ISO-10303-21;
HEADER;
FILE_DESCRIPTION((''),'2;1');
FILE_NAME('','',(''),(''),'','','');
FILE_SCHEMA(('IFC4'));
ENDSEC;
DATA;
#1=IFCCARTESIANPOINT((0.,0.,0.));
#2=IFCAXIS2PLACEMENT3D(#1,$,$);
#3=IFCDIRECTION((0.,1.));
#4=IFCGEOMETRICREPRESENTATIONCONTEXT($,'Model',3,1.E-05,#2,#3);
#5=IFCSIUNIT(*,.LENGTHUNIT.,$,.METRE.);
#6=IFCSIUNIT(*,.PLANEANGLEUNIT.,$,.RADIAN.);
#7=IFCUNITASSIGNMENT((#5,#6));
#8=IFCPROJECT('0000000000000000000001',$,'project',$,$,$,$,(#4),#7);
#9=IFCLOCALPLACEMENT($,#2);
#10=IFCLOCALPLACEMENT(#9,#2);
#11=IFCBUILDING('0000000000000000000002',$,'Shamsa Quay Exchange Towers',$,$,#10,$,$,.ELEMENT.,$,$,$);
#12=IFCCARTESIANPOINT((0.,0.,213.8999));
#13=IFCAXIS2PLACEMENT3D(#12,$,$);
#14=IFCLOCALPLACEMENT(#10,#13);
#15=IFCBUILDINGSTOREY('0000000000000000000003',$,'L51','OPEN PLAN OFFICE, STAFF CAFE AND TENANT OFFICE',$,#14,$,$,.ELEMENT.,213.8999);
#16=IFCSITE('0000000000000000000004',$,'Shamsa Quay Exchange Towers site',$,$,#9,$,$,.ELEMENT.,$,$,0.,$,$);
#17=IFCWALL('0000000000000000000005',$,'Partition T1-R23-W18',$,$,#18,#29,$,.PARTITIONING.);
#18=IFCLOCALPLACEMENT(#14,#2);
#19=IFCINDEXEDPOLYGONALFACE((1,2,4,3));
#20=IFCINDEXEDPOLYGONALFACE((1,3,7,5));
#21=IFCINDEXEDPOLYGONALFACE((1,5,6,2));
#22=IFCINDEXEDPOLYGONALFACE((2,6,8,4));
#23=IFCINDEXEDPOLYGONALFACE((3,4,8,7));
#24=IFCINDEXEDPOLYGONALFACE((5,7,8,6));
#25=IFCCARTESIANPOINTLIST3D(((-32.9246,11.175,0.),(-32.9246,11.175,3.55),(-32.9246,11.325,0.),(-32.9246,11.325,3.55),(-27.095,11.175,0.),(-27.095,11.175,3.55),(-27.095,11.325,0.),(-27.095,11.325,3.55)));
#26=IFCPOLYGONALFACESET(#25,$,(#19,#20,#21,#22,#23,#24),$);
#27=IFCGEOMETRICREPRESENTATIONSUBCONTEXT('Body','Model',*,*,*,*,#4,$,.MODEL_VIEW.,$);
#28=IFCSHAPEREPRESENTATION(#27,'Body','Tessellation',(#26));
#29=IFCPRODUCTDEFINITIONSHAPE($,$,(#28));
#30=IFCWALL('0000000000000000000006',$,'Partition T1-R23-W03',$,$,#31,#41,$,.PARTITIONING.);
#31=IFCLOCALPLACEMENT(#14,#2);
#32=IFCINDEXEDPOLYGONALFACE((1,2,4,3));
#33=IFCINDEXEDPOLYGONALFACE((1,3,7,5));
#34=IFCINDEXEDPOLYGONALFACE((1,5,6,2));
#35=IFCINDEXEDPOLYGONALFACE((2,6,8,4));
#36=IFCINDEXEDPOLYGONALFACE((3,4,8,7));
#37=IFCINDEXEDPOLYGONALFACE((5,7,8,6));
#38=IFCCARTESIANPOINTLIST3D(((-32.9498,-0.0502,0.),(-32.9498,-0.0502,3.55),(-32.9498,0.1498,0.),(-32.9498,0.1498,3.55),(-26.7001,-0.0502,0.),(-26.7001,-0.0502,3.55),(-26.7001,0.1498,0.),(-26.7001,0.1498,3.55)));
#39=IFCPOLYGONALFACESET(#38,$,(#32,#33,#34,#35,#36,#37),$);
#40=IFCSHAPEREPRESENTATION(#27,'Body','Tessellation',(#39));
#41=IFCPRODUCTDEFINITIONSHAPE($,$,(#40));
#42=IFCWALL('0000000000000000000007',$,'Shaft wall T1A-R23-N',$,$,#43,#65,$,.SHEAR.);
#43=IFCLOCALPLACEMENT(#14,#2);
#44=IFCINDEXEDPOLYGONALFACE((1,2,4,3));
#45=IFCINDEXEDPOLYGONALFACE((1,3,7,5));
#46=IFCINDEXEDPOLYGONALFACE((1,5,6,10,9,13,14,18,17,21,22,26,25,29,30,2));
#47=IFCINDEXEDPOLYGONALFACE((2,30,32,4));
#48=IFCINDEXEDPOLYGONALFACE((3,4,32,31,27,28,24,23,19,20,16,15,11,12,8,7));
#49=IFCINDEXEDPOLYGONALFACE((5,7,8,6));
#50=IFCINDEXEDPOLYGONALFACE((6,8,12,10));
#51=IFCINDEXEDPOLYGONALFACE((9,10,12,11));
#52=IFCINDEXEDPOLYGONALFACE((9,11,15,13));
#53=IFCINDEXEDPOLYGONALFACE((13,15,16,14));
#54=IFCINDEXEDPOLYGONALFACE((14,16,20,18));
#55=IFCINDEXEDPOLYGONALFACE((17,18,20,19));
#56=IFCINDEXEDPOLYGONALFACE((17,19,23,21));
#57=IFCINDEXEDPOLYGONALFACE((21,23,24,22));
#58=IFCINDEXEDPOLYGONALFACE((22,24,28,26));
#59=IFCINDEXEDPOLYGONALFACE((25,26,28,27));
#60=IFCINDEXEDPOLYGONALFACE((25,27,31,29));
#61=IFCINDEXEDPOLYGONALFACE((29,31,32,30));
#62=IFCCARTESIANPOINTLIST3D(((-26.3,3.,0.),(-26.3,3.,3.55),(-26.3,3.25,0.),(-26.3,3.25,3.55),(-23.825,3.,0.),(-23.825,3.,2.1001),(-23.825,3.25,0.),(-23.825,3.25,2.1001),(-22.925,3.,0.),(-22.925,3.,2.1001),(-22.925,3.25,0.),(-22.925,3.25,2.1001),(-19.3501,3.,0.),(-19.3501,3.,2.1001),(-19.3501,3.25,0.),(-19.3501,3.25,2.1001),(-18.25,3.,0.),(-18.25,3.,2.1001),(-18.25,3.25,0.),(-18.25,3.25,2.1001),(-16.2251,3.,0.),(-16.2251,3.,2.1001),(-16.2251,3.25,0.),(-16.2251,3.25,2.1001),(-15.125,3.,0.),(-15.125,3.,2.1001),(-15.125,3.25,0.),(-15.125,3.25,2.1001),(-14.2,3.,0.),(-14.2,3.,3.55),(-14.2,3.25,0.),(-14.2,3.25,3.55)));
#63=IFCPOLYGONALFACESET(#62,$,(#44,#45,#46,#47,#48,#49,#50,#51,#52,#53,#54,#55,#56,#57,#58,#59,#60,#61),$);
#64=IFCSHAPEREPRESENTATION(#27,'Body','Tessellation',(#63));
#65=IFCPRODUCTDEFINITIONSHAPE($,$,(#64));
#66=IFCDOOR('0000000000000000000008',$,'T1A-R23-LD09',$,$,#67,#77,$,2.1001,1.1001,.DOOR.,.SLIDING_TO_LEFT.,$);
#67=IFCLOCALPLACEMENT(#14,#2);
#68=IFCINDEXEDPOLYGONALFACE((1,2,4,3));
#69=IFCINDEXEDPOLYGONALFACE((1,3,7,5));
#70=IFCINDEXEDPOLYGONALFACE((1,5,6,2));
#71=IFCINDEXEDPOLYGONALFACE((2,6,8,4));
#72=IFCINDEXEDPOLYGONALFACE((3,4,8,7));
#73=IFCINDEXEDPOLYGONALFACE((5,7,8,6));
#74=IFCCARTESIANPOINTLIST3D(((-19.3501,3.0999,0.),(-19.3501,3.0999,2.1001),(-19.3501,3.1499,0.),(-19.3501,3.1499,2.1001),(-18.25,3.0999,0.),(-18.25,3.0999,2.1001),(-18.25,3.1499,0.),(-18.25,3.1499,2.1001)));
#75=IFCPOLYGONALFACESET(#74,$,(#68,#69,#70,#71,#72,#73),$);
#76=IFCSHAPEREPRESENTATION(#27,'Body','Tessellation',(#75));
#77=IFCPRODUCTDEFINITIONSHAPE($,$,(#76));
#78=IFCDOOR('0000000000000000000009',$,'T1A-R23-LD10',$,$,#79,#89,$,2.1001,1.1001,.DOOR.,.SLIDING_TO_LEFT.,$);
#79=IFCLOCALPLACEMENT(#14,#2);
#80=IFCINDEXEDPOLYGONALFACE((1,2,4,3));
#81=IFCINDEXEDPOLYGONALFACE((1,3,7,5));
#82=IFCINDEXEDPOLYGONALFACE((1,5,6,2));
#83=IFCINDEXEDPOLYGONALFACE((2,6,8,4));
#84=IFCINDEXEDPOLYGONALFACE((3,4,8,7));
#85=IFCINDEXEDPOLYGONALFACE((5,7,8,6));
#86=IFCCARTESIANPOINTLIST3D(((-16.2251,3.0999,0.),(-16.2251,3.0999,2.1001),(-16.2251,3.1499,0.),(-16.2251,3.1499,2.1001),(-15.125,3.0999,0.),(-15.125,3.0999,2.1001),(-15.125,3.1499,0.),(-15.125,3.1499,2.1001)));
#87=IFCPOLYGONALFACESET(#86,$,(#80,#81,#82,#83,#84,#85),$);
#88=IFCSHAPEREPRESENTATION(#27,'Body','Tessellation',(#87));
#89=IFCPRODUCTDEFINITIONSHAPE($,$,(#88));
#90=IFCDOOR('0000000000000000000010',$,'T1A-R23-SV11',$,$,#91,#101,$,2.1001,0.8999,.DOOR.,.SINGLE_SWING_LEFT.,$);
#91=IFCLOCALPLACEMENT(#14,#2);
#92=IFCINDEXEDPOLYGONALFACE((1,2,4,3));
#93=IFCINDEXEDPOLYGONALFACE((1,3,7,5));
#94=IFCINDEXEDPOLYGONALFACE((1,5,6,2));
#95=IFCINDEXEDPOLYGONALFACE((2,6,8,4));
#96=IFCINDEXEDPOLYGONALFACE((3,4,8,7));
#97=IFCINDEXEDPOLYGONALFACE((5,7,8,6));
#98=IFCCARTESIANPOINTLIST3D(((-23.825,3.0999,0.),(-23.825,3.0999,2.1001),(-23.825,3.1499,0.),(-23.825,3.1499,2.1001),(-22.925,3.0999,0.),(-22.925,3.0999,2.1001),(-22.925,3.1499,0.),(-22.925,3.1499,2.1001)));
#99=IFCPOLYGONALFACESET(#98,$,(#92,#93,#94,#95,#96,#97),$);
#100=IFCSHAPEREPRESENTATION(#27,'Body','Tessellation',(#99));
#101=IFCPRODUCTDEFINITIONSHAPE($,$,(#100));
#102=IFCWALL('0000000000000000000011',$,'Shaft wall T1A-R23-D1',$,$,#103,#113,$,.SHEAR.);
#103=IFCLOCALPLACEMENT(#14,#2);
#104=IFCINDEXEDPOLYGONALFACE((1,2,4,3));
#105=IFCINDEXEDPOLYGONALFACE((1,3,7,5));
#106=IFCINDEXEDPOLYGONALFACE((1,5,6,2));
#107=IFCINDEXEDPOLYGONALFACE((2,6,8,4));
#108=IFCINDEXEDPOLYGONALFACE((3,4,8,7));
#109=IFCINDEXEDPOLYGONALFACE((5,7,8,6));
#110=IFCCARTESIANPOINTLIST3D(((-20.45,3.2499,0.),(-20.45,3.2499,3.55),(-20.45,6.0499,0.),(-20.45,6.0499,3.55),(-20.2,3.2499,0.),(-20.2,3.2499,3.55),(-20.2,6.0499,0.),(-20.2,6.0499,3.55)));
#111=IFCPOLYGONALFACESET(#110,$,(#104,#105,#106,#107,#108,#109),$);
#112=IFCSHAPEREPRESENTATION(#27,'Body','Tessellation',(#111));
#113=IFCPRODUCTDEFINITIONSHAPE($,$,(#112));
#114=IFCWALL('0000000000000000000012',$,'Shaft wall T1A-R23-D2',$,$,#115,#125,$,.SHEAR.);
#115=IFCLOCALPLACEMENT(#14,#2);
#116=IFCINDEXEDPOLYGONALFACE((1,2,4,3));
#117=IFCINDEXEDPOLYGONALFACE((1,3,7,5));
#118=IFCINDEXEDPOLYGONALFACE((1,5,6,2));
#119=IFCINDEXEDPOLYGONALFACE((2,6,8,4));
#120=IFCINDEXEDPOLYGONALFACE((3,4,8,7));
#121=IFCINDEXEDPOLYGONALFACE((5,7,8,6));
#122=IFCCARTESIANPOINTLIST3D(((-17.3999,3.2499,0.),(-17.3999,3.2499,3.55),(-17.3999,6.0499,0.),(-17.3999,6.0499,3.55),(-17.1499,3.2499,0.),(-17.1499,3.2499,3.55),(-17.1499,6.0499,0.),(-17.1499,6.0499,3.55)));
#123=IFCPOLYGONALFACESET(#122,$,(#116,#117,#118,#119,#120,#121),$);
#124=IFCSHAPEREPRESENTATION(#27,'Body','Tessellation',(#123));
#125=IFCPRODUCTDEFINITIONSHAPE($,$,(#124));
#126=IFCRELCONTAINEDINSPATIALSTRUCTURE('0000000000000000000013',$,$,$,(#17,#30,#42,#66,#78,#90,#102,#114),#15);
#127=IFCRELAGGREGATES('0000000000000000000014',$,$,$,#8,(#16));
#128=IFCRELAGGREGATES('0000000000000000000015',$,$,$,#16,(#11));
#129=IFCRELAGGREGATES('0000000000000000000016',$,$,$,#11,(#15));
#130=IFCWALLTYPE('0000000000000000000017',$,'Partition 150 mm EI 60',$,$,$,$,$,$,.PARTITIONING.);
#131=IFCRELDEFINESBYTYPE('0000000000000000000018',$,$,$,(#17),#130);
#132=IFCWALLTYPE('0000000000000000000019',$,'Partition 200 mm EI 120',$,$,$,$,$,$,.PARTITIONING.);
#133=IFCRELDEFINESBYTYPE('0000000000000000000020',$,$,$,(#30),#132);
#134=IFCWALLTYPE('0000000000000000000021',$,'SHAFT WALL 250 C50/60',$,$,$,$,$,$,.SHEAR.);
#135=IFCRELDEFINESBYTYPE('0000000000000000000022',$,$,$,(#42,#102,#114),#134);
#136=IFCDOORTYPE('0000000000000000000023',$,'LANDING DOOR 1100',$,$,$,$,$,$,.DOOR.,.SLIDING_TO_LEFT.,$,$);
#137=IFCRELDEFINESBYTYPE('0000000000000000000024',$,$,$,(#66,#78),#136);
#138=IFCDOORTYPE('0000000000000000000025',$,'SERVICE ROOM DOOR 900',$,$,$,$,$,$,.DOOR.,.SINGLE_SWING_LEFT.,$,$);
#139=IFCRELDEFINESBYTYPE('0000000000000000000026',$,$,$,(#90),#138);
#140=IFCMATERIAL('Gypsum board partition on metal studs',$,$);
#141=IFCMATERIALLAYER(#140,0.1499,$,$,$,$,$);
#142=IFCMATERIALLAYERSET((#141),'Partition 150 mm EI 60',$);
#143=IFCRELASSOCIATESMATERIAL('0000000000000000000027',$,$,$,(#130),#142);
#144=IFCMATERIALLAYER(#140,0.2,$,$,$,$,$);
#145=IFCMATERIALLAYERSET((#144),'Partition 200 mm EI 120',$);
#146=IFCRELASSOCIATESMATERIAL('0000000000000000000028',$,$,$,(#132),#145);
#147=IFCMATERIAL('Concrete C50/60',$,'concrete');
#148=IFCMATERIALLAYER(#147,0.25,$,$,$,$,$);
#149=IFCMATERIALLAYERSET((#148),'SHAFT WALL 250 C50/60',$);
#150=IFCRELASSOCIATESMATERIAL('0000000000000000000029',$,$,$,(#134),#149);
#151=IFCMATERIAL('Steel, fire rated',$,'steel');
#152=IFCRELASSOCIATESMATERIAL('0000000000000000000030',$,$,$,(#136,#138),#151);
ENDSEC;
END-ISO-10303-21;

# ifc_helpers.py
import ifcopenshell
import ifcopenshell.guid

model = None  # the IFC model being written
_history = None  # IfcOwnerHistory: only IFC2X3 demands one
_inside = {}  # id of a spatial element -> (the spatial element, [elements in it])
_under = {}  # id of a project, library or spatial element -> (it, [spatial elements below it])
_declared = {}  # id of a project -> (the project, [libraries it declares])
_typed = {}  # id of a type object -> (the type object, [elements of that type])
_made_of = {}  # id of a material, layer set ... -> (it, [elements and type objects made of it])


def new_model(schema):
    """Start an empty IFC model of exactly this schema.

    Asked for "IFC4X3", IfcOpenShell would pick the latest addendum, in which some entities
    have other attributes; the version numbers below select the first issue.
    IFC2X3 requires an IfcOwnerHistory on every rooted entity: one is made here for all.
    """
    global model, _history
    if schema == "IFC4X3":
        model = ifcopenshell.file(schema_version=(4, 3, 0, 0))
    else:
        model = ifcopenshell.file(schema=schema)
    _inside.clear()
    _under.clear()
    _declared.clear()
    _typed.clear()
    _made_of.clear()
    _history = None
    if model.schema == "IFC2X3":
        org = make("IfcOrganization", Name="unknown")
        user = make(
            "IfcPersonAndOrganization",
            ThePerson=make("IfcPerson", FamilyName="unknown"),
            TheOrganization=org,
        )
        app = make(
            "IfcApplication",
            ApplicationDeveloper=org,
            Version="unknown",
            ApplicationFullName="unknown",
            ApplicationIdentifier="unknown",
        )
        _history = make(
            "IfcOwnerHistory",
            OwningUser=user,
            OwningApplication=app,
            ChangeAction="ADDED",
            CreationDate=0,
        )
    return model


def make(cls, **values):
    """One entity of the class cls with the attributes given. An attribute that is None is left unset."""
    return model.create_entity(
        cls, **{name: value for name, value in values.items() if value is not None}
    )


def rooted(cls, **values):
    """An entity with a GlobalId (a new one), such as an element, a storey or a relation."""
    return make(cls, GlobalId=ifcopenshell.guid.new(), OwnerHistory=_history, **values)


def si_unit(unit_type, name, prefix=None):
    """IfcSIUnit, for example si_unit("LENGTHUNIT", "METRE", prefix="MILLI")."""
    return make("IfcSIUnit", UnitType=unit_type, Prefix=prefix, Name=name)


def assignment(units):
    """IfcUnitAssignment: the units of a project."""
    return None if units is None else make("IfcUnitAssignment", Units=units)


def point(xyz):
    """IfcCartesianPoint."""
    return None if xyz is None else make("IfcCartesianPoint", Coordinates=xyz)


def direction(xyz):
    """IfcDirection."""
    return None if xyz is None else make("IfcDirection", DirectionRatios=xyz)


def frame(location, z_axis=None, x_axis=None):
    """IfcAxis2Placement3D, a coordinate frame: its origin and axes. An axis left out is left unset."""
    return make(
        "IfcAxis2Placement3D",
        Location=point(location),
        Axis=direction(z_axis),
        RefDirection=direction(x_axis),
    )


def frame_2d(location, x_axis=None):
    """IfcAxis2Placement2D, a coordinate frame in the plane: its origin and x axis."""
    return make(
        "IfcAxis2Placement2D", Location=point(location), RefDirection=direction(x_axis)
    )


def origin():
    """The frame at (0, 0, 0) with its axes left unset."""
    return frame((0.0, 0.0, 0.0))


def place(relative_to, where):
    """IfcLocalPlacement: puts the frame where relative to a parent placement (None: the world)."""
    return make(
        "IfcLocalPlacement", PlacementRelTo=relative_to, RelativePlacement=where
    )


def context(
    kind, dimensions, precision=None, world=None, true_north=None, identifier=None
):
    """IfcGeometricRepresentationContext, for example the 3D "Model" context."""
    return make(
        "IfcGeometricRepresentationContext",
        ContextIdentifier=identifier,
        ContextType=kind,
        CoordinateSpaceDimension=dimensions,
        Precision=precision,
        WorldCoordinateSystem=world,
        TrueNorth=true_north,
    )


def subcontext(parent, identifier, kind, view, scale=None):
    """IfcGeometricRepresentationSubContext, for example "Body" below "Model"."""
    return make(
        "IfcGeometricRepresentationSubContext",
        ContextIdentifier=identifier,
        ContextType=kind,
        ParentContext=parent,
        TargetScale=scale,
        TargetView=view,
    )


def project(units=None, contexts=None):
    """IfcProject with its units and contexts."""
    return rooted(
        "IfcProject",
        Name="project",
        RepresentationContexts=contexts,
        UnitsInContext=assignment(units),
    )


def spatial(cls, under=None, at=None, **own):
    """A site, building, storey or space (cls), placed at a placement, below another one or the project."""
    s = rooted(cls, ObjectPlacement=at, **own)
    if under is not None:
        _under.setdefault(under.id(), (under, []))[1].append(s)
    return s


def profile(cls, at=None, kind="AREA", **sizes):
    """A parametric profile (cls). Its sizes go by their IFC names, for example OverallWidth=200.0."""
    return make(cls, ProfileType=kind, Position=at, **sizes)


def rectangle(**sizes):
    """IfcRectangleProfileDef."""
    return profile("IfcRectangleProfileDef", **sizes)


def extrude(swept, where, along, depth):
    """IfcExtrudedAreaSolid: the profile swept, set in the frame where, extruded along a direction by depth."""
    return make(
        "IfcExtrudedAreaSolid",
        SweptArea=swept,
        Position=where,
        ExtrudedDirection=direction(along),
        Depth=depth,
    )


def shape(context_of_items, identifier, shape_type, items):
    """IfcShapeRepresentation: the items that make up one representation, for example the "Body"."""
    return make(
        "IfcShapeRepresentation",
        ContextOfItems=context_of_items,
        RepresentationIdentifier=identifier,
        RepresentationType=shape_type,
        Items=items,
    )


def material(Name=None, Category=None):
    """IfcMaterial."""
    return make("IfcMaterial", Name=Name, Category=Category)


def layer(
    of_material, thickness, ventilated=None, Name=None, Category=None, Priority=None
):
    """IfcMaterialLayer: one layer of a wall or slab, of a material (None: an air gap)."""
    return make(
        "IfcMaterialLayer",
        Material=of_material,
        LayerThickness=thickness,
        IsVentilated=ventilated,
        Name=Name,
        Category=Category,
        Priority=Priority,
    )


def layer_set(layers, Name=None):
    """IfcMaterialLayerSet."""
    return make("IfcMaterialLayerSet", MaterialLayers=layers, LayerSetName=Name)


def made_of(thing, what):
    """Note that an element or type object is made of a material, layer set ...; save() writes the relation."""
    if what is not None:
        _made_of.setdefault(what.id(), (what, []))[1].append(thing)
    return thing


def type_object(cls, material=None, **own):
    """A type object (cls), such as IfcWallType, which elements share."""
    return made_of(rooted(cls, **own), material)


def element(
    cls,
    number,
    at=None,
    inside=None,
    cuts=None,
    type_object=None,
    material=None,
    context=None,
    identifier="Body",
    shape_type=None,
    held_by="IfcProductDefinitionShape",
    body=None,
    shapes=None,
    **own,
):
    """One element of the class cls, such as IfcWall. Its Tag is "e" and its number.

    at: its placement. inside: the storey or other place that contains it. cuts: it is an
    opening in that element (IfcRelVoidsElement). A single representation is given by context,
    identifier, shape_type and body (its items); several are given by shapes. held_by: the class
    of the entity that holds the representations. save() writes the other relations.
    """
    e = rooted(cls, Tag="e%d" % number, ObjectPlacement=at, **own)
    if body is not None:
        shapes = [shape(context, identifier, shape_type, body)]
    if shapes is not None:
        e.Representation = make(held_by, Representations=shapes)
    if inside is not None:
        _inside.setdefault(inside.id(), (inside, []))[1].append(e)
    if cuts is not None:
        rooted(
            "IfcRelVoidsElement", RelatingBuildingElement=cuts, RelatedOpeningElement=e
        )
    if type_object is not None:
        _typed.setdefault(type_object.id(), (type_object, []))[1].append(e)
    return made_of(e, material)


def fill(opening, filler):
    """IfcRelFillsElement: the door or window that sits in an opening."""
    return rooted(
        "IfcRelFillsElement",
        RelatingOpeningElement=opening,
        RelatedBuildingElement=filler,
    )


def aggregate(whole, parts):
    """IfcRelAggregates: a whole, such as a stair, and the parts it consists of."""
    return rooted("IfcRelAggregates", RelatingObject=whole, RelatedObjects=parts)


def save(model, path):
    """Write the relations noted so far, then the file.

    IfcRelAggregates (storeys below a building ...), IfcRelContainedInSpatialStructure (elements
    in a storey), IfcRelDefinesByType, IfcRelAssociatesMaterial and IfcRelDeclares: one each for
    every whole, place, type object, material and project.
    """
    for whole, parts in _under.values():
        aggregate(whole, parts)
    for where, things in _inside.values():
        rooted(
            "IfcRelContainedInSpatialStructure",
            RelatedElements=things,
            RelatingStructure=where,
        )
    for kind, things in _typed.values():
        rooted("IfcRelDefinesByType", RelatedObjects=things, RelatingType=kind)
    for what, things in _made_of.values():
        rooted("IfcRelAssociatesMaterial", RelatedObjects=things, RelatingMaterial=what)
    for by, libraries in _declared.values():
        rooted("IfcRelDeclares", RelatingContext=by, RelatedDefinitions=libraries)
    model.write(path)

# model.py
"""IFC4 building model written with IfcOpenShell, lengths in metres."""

from ifc_helpers import new_model, si_unit, direction, frame, frame_2d, origin, place, context, subcontext, project, spatial, rectangle, extrude, material, layer, layer_set, type_object, element, fill, save


model = new_model("IFC4")

# Units and contexts
model_context = context("Model", 3, precision=1e-05, world=origin(), true_north=direction((0.0, 1.0)))
body_context = subcontext(model_context, "Body", "Model", "MODEL_VIEW")
ifc_project = project(units=[si_unit("LENGTHUNIT", "METRE"), si_unit("PLANEANGLEUNIT", "RADIAN")], contexts=[model_context])

# Site, building, storey
site_placement = place(None, origin())
site = spatial("IfcSite", under=ifc_project, at=site_placement, Name="Shamsa Quay Exchange Towers site", CompositionType="ELEMENT", RefElevation=0.0)
building_placement = place(site_placement, origin())
building = spatial("IfcBuilding", under=site, at=building_placement, Name="Shamsa Quay Exchange Towers", CompositionType="ELEMENT")
storey_placement = place(building_placement, frame((0.0, 0.0, 213.8999)))
storey = spatial("IfcBuildingStorey", under=building, at=storey_placement, Name="L51", Description="OPEN PLAN OFFICE, STAFF CAFE AND TENANT OFFICE", CompositionType="ELEMENT", Elevation=213.8999)

# Shared definitions
ifc_material_1 = material(Name="Steel, fire rated", Category="steel")

# Walls
ifc_material_2 = material(Name="Gypsum board partition on metal studs")
ifc_layer_1 = layer(ifc_material_2, 0.1499)
ifc_layer_set_1 = layer_set([ifc_layer_1], Name="Partition 150 mm EI 60")
wall_type_1 = type_object("IfcWallType", Name="Partition 150 mm EI 60", PredefinedType="PARTITIONING", material=ifc_layer_set_1)
wall_1_placement = place(storey_placement, frame((-27.095, 11.25, 0.0), z_axis=(0.0, 0.0, 1.0), x_axis=(-1.0, 0.0, 0.0)))
element("IfcWall", 1, at=wall_1_placement, inside=storey, type_object=wall_type_1, Name="Partition T1-R23-W18", PredefinedType="PARTITIONING", context=body_context, shape_type="SweptSolid", body=[
    extrude(rectangle(XDim=5.8296, YDim=0.1499, at=frame_2d((2.9148, 0.0))), origin(), (0.0, 0.0, 1.0), 3.55),
])
ifc_layer_2 = layer(ifc_material_2, 0.2)
ifc_layer_set_2 = layer_set([ifc_layer_2], Name="Partition 200 mm EI 120")
wall_type_2 = type_object("IfcWallType", Name="Partition 200 mm EI 120", PredefinedType="PARTITIONING", material=ifc_layer_set_2)
wall_2_placement = place(storey_placement, frame((-26.7, 0.0498, 0.0), z_axis=(0.0, 0.0, 1.0), x_axis=(-1.0, 0.0, 0.0)))
element("IfcWall", 2, at=wall_2_placement, inside=storey, type_object=wall_type_2, Name="Partition T1-R23-W03", PredefinedType="PARTITIONING", context=body_context, shape_type="SweptSolid", body=[
    extrude(rectangle(XDim=6.2498, YDim=0.2, at=frame_2d((3.125, 0.0))), origin(), (0.0, 0.0, 1.0), 3.55),
])

# Wall, openings, doors
ifc_material_3 = material(Name="Concrete C50/60", Category="concrete")
ifc_layer_3 = layer(ifc_material_3, 0.25)
ifc_layer_set_3 = layer_set([ifc_layer_3], Name="SHAFT WALL 250 C50/60")
wall_type_3 = type_object("IfcWallType", Name="SHAFT WALL 250 C50/60", PredefinedType="SHEAR", material=ifc_layer_set_3)
wall_3_placement = place(storey_placement, frame((-26.3, 3.125, 0.0)))
wall_3 = element("IfcWall", 3, at=wall_3_placement, inside=storey, type_object=wall_type_3, Name="Shaft wall T1A-R23-N", PredefinedType="SHEAR", context=body_context, shape_type="SweptSolid", body=[
    extrude(rectangle(XDim=12.1001, YDim=0.25, at=frame_2d((6.05, 0.0))), origin(), (0.0, 0.0, 1.0), 3.55),
])
opening_1_placement = place(wall_3_placement, frame((6.95, 0.0, 0.0)))
opening_1 = element("IfcOpeningElement", 4, at=opening_1_placement, cuts=wall_3, PredefinedType="OPENING", context=body_context, shape_type="SweptSolid", body=[
    extrude(rectangle(XDim=1.1001, YDim=2.1001, at=frame_2d((0.55, 1.05))), frame((0.0, 0.135, 0.0), z_axis=(0.0, -1.0, 0.0), x_axis=(1.0, 0.0, 0.0)), (0.0, 0.0, 1.0), 0.27),
])
opening_2_placement = place(wall_3_placement, frame((10.075, 0.0, 0.0)))
opening_2 = element("IfcOpeningElement", 5, at=opening_2_placement, cuts=wall_3, PredefinedType="OPENING", context=body_context, shape_type="SweptSolid", body=[
    extrude(rectangle(XDim=1.1001, YDim=2.1001, at=frame_2d((0.55, 1.05))), frame((0.0, 0.135, 0.0), z_axis=(0.0, -1.0, 0.0), x_axis=(1.0, 0.0, 0.0)), (0.0, 0.0, 1.0), 0.27),
])
opening_3_placement = place(wall_3_placement, frame((2.4751, 0.0, 0.0)))
opening_3 = element("IfcOpeningElement", 6, at=opening_3_placement, cuts=wall_3, PredefinedType="OPENING", context=body_context, shape_type="SweptSolid", body=[
    extrude(rectangle(XDim=0.8999, YDim=2.1001, at=frame_2d((0.45, 1.05))), frame((0.0, 0.135, 0.0), z_axis=(0.0, -1.0, 0.0), x_axis=(1.0, 0.0, 0.0)), (0.0, 0.0, 1.0), 0.27),
])
door_type_1 = type_object("IfcDoorType", Name="LANDING DOOR 1100", OperationType="SLIDING_TO_LEFT", PredefinedType="DOOR", material=ifc_material_1)
door_1_placement = place(opening_1_placement, origin())
door_1 = element("IfcDoor", 7, at=door_1_placement, inside=storey, type_object=door_type_1, Name="T1A-R23-LD09", OperationType="SLIDING_TO_LEFT", OverallHeight=2.1001, OverallWidth=1.1001, PredefinedType="DOOR", context=body_context, shape_type="SweptSolid", body=[
    extrude(rectangle(XDim=1.1001, YDim=2.1001, at=frame_2d((0.55, 1.05))), frame((0.0, 0.0249, 0.0), z_axis=(0.0, -1.0, 0.0), x_axis=(1.0, 0.0, 0.0)), (0.0, 0.0, 1.0), 0.05),
])
fill(opening_1, door_1)
door_2_placement = place(opening_2_placement, origin())
door_2 = element("IfcDoor", 8, at=door_2_placement, inside=storey, type_object=door_type_1, Name="T1A-R23-LD10", OperationType="SLIDING_TO_LEFT", OverallHeight=2.1001, OverallWidth=1.1001, PredefinedType="DOOR", context=body_context, shape_type="SweptSolid", body=[
    extrude(rectangle(XDim=1.1001, YDim=2.1001, at=frame_2d((0.55, 1.05))), frame((0.0, 0.0249, 0.0), z_axis=(0.0, -1.0, 0.0), x_axis=(1.0, 0.0, 0.0)), (0.0, 0.0, 1.0), 0.05),
])
fill(opening_2, door_2)
door_type_2 = type_object("IfcDoorType", Name="SERVICE ROOM DOOR 900", OperationType="SINGLE_SWING_LEFT", PredefinedType="DOOR", material=ifc_material_1)
door_3_placement = place(opening_3_placement, origin())
door_3 = element("IfcDoor", 9, at=door_3_placement, inside=storey, type_object=door_type_2, Name="T1A-R23-SV11", OperationType="SINGLE_SWING_LEFT", OverallHeight=2.1001, OverallWidth=0.8999, PredefinedType="DOOR", context=body_context, shape_type="SweptSolid", body=[
    extrude(rectangle(XDim=0.8999, YDim=2.1001, at=frame_2d((0.45, 1.05))), frame((0.0, 0.0249, 0.0), z_axis=(0.0, -1.0, 0.0), x_axis=(1.0, 0.0, 0.0)), (0.0, 0.0, 1.0), 0.05),
])
fill(opening_3, door_3)

# Walls
for number, where, z_axis, x_axis, name in (
    (10, (-20.325, 3.25, 0.0), (0.0, 0.0, 1.0), (0.0, 1.0, 0.0), "Shaft wall T1A-R23-D1"),
    (11, (-17.2749, 3.25, 0.0), (0.0, 0.0, 1.0), (0.0, 1.0, 0.0), "Shaft wall T1A-R23-D2"),
):
    element("IfcWall", number, at=place(storey_placement, frame(where, z_axis=z_axis, x_axis=x_axis)), inside=storey, type_object=wall_type_3, Name=name, PredefinedType="SHEAR", context=body_context, shape_type="SweptSolid", body=[
        extrude(rectangle(XDim=2.8, YDim=0.25, at=frame_2d((1.3999, 0.0))), origin(), (0.0, 0.0, 1.0), 3.55),
    ])

save(model, "model.ifc")
